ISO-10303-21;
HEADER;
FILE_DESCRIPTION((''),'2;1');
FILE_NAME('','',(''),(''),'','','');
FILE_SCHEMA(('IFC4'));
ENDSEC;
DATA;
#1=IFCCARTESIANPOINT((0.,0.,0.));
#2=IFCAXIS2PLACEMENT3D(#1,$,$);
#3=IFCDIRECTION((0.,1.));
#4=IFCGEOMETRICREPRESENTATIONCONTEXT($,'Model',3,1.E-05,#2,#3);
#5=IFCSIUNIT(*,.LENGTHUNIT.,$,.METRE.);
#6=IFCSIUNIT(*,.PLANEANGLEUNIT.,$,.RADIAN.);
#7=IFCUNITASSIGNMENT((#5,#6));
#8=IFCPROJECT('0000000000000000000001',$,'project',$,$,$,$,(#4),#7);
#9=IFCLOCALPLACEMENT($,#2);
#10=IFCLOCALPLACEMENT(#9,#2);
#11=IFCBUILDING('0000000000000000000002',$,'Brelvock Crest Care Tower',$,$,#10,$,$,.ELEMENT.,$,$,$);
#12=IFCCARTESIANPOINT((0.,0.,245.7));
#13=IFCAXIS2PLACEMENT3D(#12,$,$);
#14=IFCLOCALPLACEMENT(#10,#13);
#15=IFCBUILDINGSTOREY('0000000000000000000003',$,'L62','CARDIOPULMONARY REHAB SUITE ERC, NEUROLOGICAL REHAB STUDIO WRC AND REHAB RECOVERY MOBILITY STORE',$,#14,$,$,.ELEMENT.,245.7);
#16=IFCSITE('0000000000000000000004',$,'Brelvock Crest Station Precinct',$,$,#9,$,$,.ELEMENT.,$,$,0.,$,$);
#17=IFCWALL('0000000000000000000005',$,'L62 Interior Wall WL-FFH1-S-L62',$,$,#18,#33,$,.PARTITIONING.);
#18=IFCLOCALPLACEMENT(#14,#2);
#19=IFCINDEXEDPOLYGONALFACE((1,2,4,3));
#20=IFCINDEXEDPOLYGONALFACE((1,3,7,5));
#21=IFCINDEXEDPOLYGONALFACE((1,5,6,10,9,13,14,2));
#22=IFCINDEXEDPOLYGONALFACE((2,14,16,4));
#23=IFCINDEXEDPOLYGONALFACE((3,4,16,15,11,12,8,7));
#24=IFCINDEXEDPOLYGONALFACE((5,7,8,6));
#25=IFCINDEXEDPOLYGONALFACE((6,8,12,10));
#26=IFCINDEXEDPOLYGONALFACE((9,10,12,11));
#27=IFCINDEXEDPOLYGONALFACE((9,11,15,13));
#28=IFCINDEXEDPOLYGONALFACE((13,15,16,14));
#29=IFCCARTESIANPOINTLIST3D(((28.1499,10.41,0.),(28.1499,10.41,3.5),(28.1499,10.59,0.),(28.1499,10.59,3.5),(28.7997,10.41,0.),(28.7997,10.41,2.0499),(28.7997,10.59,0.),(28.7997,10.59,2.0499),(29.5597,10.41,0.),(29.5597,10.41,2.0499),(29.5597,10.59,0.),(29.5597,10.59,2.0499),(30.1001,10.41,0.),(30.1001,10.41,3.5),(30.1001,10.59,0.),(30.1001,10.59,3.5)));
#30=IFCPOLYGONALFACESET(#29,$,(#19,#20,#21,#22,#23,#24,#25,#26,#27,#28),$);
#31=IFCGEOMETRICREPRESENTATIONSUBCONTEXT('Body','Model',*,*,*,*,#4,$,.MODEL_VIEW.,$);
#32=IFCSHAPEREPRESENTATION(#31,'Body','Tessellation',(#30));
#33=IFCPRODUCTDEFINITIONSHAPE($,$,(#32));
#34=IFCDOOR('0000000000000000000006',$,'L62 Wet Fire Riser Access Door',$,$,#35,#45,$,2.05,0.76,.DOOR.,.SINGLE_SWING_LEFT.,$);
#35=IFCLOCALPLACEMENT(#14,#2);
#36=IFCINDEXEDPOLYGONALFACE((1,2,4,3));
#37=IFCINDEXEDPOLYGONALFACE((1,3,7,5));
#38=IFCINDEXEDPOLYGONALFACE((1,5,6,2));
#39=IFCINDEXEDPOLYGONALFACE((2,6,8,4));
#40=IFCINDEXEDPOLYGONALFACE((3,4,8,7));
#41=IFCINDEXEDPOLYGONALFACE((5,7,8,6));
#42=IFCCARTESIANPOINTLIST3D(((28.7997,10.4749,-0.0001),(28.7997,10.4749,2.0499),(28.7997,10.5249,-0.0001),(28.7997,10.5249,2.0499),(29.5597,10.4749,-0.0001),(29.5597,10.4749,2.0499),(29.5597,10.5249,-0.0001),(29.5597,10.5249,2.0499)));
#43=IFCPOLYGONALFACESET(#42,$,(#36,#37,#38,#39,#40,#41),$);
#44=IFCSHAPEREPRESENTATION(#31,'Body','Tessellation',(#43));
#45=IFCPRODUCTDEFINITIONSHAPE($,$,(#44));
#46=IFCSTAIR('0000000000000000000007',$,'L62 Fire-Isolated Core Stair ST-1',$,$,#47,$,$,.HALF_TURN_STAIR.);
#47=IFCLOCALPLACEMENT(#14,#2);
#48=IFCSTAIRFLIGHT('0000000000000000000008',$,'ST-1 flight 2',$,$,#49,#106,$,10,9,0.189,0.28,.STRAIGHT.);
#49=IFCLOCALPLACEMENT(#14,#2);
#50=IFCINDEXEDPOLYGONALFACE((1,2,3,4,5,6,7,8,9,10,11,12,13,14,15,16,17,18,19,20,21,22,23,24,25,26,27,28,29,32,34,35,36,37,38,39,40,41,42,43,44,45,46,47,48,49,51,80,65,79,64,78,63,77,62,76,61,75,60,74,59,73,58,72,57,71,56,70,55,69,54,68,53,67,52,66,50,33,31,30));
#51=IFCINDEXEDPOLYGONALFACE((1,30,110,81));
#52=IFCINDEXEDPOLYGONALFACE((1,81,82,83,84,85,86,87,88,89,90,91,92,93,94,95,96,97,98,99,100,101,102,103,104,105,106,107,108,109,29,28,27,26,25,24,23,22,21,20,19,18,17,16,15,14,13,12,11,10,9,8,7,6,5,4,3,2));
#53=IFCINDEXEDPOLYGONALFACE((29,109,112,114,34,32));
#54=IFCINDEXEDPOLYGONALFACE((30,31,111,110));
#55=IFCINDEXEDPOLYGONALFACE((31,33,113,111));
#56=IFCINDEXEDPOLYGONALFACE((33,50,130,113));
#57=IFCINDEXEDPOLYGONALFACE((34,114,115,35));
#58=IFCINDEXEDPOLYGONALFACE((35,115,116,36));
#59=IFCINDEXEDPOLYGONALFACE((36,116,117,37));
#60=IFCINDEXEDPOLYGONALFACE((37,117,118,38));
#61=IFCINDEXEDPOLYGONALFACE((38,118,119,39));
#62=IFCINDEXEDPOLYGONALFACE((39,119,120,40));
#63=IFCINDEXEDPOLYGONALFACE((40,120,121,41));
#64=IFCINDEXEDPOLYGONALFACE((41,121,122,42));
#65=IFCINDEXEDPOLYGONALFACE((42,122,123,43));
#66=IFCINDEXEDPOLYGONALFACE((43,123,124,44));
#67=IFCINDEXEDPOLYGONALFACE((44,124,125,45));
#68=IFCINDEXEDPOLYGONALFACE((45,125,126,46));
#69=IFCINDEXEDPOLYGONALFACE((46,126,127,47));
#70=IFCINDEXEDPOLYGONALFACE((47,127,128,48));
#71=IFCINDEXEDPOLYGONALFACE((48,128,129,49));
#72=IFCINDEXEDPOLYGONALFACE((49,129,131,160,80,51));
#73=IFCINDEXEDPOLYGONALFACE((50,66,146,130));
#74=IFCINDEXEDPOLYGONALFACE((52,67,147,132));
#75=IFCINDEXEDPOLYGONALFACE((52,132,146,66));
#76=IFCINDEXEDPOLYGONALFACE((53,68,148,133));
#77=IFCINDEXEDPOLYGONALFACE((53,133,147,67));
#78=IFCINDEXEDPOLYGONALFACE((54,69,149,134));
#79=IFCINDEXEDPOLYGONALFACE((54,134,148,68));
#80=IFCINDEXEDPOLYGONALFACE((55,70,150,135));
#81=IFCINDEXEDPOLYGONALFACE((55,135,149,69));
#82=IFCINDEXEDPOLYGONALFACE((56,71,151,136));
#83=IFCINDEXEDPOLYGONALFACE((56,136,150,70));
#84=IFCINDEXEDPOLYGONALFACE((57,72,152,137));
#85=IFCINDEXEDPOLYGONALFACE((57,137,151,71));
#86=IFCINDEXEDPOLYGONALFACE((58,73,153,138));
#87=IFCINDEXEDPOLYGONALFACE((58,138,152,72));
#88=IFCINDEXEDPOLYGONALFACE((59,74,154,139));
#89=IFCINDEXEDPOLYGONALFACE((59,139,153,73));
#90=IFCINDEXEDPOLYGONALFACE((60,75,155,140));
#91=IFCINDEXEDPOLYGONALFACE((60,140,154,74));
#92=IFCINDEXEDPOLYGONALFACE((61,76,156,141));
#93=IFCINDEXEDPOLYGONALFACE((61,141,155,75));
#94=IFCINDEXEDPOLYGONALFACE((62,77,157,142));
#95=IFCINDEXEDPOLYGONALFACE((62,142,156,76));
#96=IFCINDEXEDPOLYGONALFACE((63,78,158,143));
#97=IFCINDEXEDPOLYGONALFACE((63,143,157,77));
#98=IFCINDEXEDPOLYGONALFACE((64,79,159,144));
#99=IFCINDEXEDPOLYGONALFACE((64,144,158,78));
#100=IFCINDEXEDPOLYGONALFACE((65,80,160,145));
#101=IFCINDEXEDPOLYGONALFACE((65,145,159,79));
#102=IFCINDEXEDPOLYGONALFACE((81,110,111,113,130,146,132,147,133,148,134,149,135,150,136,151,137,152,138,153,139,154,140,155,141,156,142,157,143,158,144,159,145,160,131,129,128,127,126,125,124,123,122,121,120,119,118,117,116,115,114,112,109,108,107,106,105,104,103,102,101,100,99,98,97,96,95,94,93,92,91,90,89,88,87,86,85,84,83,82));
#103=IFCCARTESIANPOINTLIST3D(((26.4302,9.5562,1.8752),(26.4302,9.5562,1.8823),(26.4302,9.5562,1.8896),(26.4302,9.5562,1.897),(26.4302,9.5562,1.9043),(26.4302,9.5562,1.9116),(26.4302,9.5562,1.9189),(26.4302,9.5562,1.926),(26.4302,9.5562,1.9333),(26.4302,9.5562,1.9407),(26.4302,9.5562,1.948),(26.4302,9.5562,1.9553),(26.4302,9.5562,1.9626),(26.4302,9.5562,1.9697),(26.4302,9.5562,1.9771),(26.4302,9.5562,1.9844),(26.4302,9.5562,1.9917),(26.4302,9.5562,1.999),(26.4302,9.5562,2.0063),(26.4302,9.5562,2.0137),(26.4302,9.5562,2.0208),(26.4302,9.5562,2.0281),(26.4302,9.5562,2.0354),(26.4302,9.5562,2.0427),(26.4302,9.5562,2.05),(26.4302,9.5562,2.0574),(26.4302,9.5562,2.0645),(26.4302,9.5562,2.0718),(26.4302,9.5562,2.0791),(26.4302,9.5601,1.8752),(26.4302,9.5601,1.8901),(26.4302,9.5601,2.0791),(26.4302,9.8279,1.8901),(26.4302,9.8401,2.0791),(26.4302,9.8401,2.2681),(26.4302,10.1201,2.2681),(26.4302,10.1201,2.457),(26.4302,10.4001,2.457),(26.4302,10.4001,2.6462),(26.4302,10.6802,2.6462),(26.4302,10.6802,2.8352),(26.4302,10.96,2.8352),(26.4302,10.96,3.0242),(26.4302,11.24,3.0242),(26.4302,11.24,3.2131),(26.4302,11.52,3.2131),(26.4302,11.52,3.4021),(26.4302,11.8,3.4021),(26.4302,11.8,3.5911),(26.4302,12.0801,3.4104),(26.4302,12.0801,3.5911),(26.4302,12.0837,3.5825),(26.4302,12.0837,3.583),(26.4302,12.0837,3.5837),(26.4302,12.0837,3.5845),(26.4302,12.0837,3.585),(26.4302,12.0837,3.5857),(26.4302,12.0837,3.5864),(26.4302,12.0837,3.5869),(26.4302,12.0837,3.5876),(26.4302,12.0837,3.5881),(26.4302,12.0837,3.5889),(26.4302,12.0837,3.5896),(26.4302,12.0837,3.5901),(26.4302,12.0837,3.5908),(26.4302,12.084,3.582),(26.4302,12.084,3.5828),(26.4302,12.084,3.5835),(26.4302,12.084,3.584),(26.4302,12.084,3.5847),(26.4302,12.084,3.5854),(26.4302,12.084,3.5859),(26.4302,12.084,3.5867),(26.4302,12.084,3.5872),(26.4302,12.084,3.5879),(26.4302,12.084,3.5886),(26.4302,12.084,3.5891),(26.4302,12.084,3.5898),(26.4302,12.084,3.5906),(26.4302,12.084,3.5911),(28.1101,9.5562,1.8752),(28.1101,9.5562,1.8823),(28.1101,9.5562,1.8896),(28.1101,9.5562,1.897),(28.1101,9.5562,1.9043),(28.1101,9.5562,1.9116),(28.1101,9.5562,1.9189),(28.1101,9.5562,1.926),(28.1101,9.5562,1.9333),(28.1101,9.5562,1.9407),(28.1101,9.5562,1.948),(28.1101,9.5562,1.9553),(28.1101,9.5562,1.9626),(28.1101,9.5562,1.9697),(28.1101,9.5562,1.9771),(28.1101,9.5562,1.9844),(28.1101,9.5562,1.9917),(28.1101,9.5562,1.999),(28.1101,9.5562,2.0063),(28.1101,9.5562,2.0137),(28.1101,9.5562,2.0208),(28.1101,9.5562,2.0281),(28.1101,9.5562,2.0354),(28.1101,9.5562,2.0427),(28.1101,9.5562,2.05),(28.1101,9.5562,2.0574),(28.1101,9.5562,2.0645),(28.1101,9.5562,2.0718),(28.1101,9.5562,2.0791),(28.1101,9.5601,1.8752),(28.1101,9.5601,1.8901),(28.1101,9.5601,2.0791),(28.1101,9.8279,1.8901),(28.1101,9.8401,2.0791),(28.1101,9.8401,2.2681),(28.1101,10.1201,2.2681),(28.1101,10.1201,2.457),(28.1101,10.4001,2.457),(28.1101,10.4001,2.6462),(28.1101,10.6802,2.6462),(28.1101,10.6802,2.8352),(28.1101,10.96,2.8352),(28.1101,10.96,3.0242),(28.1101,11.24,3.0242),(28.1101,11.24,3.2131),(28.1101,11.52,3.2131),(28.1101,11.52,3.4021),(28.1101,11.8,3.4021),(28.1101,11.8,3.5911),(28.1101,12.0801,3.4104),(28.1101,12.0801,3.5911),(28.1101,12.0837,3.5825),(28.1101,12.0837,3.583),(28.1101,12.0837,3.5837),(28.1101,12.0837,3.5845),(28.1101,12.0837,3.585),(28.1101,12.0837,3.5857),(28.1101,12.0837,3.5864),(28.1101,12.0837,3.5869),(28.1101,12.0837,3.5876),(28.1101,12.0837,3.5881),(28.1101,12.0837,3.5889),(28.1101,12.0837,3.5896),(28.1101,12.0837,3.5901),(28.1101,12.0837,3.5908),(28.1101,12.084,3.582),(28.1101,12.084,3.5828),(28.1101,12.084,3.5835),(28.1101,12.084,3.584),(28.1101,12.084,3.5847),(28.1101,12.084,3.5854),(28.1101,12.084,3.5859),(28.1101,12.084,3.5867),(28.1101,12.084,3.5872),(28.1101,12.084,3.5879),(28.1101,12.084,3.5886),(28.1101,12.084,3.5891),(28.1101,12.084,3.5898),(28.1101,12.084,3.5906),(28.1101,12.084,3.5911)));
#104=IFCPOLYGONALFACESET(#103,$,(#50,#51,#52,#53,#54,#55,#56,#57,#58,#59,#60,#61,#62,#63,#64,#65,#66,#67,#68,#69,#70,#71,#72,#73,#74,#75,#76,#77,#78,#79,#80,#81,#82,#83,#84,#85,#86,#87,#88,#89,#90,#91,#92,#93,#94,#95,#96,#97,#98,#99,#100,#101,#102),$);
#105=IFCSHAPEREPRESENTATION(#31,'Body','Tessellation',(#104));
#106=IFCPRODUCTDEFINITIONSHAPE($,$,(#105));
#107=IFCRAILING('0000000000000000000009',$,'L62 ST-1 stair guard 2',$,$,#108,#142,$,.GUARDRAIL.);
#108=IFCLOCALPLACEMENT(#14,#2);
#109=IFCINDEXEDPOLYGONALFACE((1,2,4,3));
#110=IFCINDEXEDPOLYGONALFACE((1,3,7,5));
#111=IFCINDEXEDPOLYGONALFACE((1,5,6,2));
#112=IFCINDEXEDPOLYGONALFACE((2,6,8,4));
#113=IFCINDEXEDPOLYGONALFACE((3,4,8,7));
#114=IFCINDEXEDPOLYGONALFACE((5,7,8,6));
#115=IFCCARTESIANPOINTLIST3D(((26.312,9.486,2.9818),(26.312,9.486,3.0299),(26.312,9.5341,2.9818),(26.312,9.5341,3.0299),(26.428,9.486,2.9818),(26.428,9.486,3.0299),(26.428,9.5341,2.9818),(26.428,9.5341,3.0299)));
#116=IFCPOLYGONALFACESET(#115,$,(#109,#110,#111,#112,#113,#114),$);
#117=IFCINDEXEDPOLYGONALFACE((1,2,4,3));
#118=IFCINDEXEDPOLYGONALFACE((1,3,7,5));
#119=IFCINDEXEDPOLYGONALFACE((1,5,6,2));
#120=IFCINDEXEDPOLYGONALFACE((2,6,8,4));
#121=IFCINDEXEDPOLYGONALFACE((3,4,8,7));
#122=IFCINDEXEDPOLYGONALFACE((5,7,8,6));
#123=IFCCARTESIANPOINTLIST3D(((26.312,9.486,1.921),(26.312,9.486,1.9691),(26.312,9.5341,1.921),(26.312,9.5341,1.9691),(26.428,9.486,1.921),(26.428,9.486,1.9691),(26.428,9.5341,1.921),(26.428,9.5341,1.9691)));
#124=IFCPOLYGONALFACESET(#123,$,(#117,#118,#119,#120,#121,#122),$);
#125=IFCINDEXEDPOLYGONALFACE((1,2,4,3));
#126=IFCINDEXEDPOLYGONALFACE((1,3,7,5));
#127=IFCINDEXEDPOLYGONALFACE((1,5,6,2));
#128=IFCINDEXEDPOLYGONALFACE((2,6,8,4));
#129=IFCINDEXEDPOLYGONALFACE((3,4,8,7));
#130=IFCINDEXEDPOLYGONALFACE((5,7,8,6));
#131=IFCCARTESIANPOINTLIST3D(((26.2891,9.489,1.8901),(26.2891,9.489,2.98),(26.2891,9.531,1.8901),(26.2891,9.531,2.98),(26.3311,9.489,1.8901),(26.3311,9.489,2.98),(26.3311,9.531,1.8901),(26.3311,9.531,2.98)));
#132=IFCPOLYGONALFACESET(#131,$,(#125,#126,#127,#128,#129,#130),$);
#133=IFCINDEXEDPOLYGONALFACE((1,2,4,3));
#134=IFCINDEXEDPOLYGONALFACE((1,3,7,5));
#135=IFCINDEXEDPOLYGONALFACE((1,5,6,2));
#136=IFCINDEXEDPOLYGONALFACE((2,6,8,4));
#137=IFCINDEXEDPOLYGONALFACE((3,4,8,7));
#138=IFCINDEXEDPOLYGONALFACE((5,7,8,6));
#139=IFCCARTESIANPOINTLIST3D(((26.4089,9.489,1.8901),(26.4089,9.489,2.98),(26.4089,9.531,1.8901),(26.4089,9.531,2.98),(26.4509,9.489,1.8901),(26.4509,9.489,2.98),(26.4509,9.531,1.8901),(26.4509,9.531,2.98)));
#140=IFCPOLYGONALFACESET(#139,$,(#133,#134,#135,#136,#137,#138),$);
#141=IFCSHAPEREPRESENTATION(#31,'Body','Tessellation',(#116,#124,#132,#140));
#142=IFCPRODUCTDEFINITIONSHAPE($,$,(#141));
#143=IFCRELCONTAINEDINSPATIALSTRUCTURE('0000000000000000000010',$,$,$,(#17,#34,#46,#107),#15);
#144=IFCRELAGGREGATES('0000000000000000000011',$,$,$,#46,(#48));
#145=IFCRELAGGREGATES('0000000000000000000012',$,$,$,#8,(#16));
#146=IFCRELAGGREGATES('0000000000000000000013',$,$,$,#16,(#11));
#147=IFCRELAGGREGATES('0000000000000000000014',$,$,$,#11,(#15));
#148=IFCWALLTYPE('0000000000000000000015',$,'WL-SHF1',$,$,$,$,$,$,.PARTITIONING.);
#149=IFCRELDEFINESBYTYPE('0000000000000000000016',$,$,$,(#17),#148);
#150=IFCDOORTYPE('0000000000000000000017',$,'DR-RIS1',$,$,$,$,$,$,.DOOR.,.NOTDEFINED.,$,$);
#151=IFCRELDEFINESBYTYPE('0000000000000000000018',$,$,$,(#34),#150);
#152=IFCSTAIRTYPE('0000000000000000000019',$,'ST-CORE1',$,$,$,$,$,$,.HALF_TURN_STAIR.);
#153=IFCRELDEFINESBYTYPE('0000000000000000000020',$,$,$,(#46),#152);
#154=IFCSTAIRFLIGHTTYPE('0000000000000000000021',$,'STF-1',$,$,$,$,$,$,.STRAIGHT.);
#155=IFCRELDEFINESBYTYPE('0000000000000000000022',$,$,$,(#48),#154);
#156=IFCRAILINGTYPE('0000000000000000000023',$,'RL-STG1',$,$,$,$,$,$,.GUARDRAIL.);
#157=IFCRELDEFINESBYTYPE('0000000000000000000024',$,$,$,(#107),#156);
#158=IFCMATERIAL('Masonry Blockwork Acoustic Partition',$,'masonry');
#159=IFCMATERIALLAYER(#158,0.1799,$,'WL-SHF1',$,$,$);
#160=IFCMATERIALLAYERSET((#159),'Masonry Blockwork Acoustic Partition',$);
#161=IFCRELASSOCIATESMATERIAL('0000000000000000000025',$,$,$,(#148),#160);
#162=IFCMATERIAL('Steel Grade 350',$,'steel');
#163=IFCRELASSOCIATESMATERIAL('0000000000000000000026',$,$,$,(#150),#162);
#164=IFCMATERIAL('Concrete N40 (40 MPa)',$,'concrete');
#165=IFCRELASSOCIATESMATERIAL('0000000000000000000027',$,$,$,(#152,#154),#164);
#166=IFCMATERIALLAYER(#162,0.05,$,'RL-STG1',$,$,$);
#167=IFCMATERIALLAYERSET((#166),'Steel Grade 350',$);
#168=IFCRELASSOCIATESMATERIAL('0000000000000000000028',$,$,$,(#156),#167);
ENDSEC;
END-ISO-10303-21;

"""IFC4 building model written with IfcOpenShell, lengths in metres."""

from ifc_helpers import new_model, si_unit, direction, frame, frame_2d, origin, origin_2d, place, context, subcontext, project, spatial, polyline, rectangle, outline, extrude, source, transform, mapped, material, layer, layer_set, type_object, element, fill, aggregate, save


model = new_model("IFC4")

# Units and contexts
model_context = context("Model", 3, precision=1e-05, world=origin(), true_north=direction((0.0, 1.0)))
body_context = subcontext(model_context, "Body", "Model", "MODEL_VIEW")
ifc_project = project(units=[si_unit("LENGTHUNIT", "METRE"), si_unit("PLANEANGLEUNIT", "RADIAN")], contexts=[model_context])

# Site, building, storey
site_placement = place(None, origin())
site = spatial("IfcSite", under=ifc_project, at=site_placement, Name="Brelvock Crest Station Precinct", CompositionType="ELEMENT", RefElevation=0.0)
building_placement = place(site_placement, origin())
building = spatial("IfcBuilding", under=site, at=building_placement, Name="Brelvock Crest Care Tower", CompositionType="ELEMENT")
storey_placement = place(building_placement, frame((0.0, 0.0, 245.7)))
storey = spatial("IfcBuildingStorey", under=building, at=storey_placement, Name="L62", Description="CARDIOPULMONARY REHAB SUITE ERC, NEUROLOGICAL REHAB STUDIO WRC AND REHAB RECOVERY MOBILITY STORE", CompositionType="ELEMENT", Elevation=245.7)

# Shared definitions
ifc_material_1 = material(Name="Steel Grade 350", Category="steel")

# Shared definitions
ifc_material_2 = material(Name="Masonry Blockwork Acoustic Partition", Category="masonry")
ifc_layer_1 = layer(ifc_material_2, 0.1799, Name="WL-SHF1")
ifc_layer_set_1 = layer_set([ifc_layer_1], Name="Masonry Blockwork Acoustic Partition")
wall_type_1 = type_object("IfcWallType", Name="WL-SHF1", PredefinedType="PARTITIONING", material=ifc_layer_set_1)

# Wall, opening, door
wall_1_placement = place(storey_placement, frame((28.1499, 10.5, 0.0), z_axis=(0.0, 0.0, 1.0), x_axis=(1.0, 0.0, 0.0)))
wall_1 = element("IfcWall", 1, at=wall_1_placement, inside=storey, type_object=wall_type_1, Name="L62 Interior Wall WL-FFH1-S-L62", PredefinedType="PARTITIONING", context=body_context, shape_type="SweptSolid", body=[
    extrude(rectangle(XDim=1.9502, YDim=0.1799, at=frame_2d((0.9751, 0.0))), origin(), (0.0, 0.0, 1.0), 3.5),
])
opening_1_placement = place(wall_1_placement, frame((0.6499, 0.0, 0.0)))
opening_1 = element("IfcOpeningElement", 2, at=opening_1_placement, cuts=wall_1, PredefinedType="OPENING", context=body_context, shape_type="SweptSolid", body=[
    extrude(rectangle(XDim=0.76, YDim=2.05, at=origin_2d()), frame((0.3799, 0.1001, 1.0249), z_axis=(0.0, -1.0, 0.0), x_axis=(1.0, 0.0, 0.0)), (0.0, 0.0, 1.0), 0.2),
])
door_type_1 = type_object("IfcDoorType", Name="DR-RIS1", OperationType="NOTDEFINED", PredefinedType="DOOR", material=ifc_material_1)
shared_shape_1 = source(origin(), body_context, "Body", "SweptSolid", [
    extrude(rectangle(XDim=0.76, YDim=2.05, at=origin_2d()), frame((0.3799, 0.0249, 1.0249), z_axis=(0.0, -1.0, 0.0), x_axis=(1.0, 0.0, 0.0)), (0.0, 0.0, 1.0), 0.05),
])
door_1_placement = place(opening_1_placement, origin())
door_1 = element("IfcDoor", 3, at=door_1_placement, inside=storey, type_object=door_type_1, Name="L62 Wet Fire Riser Access Door", OperationType="SINGLE_SWING_LEFT", OverallHeight=2.05, OverallWidth=0.76, PredefinedType="DOOR", context=body_context, shape_type="MappedRepresentation", body=[
    mapped(shared_shape_1, transform((0.0, 0.0, 0.0), x_axis=(1.0, 0.0, 0.0), y_axis=(0.0, 1.0, 0.0), z_axis=(0.0, 0.0, 1.0), scale=1.0)),
])
fill(opening_1, door_1)

# Stair, stair flight
ifc_material_3 = material(Name="Concrete N40 (40 MPa)", Category="concrete")
stair_type = type_object("IfcStairType", Name="ST-CORE1", PredefinedType="HALF_TURN_STAIR", material=ifc_material_3)
stair_placement = place(storey_placement, origin())
stair = element("IfcStair", 4, at=stair_placement, inside=storey, type_object=stair_type, Name="L62 Fire-Isolated Core Stair ST-1", PredefinedType="HALF_TURN_STAIR")
stair_flight_type = type_object("IfcStairFlightType", Name="STF-1", PredefinedType="STRAIGHT", material=ifc_material_3)
stair_flight_placement = place(storey_placement, frame((27.27, 9.5601, 1.8901), z_axis=(0.0, 0.0, 1.0), x_axis=(0.0, 1.0, 0.0)))
stair_flight = element("IfcStairFlight", 5, at=stair_flight_placement, type_object=stair_flight_type, Name="ST-1 flight 2", NumberOfRisers=10, NumberOfTreads=9, PredefinedType="STRAIGHT", RiserHeight=0.189, TreadLength=0.28, context=body_context, shape_type="SweptSolid", body=[
    extrude(outline(polyline([(-0.0039, -0.0149), (-0.0039, -0.0078), (-0.0039, -0.0005), (-0.0039, 0.0068), (-0.0039, 0.0142), (-0.0039, 0.0215), (-0.0039, 0.0288), (-0.0039, 0.0359), (-0.0039, 0.0432), (-0.0039, 0.0505), (-0.0039, 0.0579), (-0.0039, 0.0652), (-0.0039, 0.0725), (-0.0039, 0.0796), (-0.0039, 0.0869), (-0.0039, 0.0942), (-0.0039, 0.1016), (-0.0039, 0.1089), (-0.0039, 0.1162), (-0.0039, 0.1235), (-0.0039, 0.1306), (-0.0039, 0.1379), (-0.0039, 0.1453), (-0.0039, 0.1526), (-0.0039, 0.1599), (-0.0039, 0.1672), (-0.0039, 0.1743), (-0.0039, 0.1816), (-0.0039, 0.189), (0.0, 0.189), (0.28, 0.189), (0.28, 0.3779), (0.5601, 0.3779), (0.5601, 0.5669), (0.8401, 0.5669), (0.8401, 0.7561), (1.1201, 0.7561), (1.1201, 0.9451), (1.3999, 0.9451), (1.3999, 1.134), (1.6799, 1.134), (1.6799, 1.323), (1.96, 1.323), (1.96, 1.512), (2.24, 1.512), (2.24, 1.7009), (2.52, 1.7009), (2.5239, 1.7009), (2.5237, 1.7007), (2.5239, 1.7004), (2.5237, 1.7), (2.5239, 1.6997), (2.5237, 1.6995), (2.5239, 1.699), (2.5237, 1.6987), (2.5239, 1.6985), (2.5237, 1.698), (2.5239, 1.6978), (2.5237, 1.6975), (2.5239, 1.697), (2.5237, 1.6968), (2.5239, 1.6965), (2.5237, 1.6963), (2.5239, 1.6958), (2.5237, 1.6956), (2.5239, 1.6953), (2.5237, 1.6948), (2.5239, 1.6946), (2.5237, 1.6943), (2.5239, 1.6938), (2.5237, 1.6936), (2.5239, 1.6934), (2.5237, 1.6929), (2.5239, 1.6926), (2.5237, 1.6924), (2.5239, 1.6919), (2.52, 1.5203), (0.2678, 0.0), (0.0, 0.0), (0.0, -0.0149), (-0.0039, -0.0149)])), frame((0.0, 0.8398, 0.0), z_axis=(0.0, -1.0, 0.0), x_axis=(1.0, 0.0, 0.0)), (0.0, 0.0, 1.0), 1.6799),
])
aggregate(stair, [stair_flight])

# Railing
ifc_layer_2 = layer(ifc_material_1, 0.05, Name="RL-STG1")
ifc_layer_set_2 = layer_set([ifc_layer_2], Name="Steel Grade 350")
railing_type_1 = type_object("IfcRailingType", Name="RL-STG1", PredefinedType="GUARDRAIL", material=ifc_layer_set_2)
railing_1_placement = place(storey_placement, frame((26.3101, 9.51, 1.8901)))
element("IfcRailing", 6, at=railing_1_placement, inside=storey, type_object=railing_type_1, Name="L62 ST-1 stair guard 2", PredefinedType="GUARDRAIL", context=body_context, shape_type="SweptSolid", body=[
    extrude(rectangle(XDim=0.0481, YDim=0.0481, at=origin_2d()), frame((0.002, 0.0, 1.1157), z_axis=(1.0, 0.0, 0.0), x_axis=(0.0, 1.0, 0.0)), (0.0, 0.0, 1.0), 0.116),
    extrude(rectangle(XDim=0.0481, YDim=0.0481, at=origin_2d()), frame((0.002, 0.0, 0.0549), z_axis=(1.0, 0.0, 0.0), x_axis=(0.0, 1.0, 0.0)), (0.0, 0.0, 1.0), 0.116),
    extrude(rectangle(XDim=0.042, YDim=0.042, at=origin_2d()), origin(), (0.0, 0.0, 1.0), 1.0898),
    extrude(rectangle(XDim=0.042, YDim=0.042, at=origin_2d()), frame((0.1199, 0.0, 0.0)), (0.0, 0.0, 1.0), 1.0898),
])

save(model, "model.ifc")
